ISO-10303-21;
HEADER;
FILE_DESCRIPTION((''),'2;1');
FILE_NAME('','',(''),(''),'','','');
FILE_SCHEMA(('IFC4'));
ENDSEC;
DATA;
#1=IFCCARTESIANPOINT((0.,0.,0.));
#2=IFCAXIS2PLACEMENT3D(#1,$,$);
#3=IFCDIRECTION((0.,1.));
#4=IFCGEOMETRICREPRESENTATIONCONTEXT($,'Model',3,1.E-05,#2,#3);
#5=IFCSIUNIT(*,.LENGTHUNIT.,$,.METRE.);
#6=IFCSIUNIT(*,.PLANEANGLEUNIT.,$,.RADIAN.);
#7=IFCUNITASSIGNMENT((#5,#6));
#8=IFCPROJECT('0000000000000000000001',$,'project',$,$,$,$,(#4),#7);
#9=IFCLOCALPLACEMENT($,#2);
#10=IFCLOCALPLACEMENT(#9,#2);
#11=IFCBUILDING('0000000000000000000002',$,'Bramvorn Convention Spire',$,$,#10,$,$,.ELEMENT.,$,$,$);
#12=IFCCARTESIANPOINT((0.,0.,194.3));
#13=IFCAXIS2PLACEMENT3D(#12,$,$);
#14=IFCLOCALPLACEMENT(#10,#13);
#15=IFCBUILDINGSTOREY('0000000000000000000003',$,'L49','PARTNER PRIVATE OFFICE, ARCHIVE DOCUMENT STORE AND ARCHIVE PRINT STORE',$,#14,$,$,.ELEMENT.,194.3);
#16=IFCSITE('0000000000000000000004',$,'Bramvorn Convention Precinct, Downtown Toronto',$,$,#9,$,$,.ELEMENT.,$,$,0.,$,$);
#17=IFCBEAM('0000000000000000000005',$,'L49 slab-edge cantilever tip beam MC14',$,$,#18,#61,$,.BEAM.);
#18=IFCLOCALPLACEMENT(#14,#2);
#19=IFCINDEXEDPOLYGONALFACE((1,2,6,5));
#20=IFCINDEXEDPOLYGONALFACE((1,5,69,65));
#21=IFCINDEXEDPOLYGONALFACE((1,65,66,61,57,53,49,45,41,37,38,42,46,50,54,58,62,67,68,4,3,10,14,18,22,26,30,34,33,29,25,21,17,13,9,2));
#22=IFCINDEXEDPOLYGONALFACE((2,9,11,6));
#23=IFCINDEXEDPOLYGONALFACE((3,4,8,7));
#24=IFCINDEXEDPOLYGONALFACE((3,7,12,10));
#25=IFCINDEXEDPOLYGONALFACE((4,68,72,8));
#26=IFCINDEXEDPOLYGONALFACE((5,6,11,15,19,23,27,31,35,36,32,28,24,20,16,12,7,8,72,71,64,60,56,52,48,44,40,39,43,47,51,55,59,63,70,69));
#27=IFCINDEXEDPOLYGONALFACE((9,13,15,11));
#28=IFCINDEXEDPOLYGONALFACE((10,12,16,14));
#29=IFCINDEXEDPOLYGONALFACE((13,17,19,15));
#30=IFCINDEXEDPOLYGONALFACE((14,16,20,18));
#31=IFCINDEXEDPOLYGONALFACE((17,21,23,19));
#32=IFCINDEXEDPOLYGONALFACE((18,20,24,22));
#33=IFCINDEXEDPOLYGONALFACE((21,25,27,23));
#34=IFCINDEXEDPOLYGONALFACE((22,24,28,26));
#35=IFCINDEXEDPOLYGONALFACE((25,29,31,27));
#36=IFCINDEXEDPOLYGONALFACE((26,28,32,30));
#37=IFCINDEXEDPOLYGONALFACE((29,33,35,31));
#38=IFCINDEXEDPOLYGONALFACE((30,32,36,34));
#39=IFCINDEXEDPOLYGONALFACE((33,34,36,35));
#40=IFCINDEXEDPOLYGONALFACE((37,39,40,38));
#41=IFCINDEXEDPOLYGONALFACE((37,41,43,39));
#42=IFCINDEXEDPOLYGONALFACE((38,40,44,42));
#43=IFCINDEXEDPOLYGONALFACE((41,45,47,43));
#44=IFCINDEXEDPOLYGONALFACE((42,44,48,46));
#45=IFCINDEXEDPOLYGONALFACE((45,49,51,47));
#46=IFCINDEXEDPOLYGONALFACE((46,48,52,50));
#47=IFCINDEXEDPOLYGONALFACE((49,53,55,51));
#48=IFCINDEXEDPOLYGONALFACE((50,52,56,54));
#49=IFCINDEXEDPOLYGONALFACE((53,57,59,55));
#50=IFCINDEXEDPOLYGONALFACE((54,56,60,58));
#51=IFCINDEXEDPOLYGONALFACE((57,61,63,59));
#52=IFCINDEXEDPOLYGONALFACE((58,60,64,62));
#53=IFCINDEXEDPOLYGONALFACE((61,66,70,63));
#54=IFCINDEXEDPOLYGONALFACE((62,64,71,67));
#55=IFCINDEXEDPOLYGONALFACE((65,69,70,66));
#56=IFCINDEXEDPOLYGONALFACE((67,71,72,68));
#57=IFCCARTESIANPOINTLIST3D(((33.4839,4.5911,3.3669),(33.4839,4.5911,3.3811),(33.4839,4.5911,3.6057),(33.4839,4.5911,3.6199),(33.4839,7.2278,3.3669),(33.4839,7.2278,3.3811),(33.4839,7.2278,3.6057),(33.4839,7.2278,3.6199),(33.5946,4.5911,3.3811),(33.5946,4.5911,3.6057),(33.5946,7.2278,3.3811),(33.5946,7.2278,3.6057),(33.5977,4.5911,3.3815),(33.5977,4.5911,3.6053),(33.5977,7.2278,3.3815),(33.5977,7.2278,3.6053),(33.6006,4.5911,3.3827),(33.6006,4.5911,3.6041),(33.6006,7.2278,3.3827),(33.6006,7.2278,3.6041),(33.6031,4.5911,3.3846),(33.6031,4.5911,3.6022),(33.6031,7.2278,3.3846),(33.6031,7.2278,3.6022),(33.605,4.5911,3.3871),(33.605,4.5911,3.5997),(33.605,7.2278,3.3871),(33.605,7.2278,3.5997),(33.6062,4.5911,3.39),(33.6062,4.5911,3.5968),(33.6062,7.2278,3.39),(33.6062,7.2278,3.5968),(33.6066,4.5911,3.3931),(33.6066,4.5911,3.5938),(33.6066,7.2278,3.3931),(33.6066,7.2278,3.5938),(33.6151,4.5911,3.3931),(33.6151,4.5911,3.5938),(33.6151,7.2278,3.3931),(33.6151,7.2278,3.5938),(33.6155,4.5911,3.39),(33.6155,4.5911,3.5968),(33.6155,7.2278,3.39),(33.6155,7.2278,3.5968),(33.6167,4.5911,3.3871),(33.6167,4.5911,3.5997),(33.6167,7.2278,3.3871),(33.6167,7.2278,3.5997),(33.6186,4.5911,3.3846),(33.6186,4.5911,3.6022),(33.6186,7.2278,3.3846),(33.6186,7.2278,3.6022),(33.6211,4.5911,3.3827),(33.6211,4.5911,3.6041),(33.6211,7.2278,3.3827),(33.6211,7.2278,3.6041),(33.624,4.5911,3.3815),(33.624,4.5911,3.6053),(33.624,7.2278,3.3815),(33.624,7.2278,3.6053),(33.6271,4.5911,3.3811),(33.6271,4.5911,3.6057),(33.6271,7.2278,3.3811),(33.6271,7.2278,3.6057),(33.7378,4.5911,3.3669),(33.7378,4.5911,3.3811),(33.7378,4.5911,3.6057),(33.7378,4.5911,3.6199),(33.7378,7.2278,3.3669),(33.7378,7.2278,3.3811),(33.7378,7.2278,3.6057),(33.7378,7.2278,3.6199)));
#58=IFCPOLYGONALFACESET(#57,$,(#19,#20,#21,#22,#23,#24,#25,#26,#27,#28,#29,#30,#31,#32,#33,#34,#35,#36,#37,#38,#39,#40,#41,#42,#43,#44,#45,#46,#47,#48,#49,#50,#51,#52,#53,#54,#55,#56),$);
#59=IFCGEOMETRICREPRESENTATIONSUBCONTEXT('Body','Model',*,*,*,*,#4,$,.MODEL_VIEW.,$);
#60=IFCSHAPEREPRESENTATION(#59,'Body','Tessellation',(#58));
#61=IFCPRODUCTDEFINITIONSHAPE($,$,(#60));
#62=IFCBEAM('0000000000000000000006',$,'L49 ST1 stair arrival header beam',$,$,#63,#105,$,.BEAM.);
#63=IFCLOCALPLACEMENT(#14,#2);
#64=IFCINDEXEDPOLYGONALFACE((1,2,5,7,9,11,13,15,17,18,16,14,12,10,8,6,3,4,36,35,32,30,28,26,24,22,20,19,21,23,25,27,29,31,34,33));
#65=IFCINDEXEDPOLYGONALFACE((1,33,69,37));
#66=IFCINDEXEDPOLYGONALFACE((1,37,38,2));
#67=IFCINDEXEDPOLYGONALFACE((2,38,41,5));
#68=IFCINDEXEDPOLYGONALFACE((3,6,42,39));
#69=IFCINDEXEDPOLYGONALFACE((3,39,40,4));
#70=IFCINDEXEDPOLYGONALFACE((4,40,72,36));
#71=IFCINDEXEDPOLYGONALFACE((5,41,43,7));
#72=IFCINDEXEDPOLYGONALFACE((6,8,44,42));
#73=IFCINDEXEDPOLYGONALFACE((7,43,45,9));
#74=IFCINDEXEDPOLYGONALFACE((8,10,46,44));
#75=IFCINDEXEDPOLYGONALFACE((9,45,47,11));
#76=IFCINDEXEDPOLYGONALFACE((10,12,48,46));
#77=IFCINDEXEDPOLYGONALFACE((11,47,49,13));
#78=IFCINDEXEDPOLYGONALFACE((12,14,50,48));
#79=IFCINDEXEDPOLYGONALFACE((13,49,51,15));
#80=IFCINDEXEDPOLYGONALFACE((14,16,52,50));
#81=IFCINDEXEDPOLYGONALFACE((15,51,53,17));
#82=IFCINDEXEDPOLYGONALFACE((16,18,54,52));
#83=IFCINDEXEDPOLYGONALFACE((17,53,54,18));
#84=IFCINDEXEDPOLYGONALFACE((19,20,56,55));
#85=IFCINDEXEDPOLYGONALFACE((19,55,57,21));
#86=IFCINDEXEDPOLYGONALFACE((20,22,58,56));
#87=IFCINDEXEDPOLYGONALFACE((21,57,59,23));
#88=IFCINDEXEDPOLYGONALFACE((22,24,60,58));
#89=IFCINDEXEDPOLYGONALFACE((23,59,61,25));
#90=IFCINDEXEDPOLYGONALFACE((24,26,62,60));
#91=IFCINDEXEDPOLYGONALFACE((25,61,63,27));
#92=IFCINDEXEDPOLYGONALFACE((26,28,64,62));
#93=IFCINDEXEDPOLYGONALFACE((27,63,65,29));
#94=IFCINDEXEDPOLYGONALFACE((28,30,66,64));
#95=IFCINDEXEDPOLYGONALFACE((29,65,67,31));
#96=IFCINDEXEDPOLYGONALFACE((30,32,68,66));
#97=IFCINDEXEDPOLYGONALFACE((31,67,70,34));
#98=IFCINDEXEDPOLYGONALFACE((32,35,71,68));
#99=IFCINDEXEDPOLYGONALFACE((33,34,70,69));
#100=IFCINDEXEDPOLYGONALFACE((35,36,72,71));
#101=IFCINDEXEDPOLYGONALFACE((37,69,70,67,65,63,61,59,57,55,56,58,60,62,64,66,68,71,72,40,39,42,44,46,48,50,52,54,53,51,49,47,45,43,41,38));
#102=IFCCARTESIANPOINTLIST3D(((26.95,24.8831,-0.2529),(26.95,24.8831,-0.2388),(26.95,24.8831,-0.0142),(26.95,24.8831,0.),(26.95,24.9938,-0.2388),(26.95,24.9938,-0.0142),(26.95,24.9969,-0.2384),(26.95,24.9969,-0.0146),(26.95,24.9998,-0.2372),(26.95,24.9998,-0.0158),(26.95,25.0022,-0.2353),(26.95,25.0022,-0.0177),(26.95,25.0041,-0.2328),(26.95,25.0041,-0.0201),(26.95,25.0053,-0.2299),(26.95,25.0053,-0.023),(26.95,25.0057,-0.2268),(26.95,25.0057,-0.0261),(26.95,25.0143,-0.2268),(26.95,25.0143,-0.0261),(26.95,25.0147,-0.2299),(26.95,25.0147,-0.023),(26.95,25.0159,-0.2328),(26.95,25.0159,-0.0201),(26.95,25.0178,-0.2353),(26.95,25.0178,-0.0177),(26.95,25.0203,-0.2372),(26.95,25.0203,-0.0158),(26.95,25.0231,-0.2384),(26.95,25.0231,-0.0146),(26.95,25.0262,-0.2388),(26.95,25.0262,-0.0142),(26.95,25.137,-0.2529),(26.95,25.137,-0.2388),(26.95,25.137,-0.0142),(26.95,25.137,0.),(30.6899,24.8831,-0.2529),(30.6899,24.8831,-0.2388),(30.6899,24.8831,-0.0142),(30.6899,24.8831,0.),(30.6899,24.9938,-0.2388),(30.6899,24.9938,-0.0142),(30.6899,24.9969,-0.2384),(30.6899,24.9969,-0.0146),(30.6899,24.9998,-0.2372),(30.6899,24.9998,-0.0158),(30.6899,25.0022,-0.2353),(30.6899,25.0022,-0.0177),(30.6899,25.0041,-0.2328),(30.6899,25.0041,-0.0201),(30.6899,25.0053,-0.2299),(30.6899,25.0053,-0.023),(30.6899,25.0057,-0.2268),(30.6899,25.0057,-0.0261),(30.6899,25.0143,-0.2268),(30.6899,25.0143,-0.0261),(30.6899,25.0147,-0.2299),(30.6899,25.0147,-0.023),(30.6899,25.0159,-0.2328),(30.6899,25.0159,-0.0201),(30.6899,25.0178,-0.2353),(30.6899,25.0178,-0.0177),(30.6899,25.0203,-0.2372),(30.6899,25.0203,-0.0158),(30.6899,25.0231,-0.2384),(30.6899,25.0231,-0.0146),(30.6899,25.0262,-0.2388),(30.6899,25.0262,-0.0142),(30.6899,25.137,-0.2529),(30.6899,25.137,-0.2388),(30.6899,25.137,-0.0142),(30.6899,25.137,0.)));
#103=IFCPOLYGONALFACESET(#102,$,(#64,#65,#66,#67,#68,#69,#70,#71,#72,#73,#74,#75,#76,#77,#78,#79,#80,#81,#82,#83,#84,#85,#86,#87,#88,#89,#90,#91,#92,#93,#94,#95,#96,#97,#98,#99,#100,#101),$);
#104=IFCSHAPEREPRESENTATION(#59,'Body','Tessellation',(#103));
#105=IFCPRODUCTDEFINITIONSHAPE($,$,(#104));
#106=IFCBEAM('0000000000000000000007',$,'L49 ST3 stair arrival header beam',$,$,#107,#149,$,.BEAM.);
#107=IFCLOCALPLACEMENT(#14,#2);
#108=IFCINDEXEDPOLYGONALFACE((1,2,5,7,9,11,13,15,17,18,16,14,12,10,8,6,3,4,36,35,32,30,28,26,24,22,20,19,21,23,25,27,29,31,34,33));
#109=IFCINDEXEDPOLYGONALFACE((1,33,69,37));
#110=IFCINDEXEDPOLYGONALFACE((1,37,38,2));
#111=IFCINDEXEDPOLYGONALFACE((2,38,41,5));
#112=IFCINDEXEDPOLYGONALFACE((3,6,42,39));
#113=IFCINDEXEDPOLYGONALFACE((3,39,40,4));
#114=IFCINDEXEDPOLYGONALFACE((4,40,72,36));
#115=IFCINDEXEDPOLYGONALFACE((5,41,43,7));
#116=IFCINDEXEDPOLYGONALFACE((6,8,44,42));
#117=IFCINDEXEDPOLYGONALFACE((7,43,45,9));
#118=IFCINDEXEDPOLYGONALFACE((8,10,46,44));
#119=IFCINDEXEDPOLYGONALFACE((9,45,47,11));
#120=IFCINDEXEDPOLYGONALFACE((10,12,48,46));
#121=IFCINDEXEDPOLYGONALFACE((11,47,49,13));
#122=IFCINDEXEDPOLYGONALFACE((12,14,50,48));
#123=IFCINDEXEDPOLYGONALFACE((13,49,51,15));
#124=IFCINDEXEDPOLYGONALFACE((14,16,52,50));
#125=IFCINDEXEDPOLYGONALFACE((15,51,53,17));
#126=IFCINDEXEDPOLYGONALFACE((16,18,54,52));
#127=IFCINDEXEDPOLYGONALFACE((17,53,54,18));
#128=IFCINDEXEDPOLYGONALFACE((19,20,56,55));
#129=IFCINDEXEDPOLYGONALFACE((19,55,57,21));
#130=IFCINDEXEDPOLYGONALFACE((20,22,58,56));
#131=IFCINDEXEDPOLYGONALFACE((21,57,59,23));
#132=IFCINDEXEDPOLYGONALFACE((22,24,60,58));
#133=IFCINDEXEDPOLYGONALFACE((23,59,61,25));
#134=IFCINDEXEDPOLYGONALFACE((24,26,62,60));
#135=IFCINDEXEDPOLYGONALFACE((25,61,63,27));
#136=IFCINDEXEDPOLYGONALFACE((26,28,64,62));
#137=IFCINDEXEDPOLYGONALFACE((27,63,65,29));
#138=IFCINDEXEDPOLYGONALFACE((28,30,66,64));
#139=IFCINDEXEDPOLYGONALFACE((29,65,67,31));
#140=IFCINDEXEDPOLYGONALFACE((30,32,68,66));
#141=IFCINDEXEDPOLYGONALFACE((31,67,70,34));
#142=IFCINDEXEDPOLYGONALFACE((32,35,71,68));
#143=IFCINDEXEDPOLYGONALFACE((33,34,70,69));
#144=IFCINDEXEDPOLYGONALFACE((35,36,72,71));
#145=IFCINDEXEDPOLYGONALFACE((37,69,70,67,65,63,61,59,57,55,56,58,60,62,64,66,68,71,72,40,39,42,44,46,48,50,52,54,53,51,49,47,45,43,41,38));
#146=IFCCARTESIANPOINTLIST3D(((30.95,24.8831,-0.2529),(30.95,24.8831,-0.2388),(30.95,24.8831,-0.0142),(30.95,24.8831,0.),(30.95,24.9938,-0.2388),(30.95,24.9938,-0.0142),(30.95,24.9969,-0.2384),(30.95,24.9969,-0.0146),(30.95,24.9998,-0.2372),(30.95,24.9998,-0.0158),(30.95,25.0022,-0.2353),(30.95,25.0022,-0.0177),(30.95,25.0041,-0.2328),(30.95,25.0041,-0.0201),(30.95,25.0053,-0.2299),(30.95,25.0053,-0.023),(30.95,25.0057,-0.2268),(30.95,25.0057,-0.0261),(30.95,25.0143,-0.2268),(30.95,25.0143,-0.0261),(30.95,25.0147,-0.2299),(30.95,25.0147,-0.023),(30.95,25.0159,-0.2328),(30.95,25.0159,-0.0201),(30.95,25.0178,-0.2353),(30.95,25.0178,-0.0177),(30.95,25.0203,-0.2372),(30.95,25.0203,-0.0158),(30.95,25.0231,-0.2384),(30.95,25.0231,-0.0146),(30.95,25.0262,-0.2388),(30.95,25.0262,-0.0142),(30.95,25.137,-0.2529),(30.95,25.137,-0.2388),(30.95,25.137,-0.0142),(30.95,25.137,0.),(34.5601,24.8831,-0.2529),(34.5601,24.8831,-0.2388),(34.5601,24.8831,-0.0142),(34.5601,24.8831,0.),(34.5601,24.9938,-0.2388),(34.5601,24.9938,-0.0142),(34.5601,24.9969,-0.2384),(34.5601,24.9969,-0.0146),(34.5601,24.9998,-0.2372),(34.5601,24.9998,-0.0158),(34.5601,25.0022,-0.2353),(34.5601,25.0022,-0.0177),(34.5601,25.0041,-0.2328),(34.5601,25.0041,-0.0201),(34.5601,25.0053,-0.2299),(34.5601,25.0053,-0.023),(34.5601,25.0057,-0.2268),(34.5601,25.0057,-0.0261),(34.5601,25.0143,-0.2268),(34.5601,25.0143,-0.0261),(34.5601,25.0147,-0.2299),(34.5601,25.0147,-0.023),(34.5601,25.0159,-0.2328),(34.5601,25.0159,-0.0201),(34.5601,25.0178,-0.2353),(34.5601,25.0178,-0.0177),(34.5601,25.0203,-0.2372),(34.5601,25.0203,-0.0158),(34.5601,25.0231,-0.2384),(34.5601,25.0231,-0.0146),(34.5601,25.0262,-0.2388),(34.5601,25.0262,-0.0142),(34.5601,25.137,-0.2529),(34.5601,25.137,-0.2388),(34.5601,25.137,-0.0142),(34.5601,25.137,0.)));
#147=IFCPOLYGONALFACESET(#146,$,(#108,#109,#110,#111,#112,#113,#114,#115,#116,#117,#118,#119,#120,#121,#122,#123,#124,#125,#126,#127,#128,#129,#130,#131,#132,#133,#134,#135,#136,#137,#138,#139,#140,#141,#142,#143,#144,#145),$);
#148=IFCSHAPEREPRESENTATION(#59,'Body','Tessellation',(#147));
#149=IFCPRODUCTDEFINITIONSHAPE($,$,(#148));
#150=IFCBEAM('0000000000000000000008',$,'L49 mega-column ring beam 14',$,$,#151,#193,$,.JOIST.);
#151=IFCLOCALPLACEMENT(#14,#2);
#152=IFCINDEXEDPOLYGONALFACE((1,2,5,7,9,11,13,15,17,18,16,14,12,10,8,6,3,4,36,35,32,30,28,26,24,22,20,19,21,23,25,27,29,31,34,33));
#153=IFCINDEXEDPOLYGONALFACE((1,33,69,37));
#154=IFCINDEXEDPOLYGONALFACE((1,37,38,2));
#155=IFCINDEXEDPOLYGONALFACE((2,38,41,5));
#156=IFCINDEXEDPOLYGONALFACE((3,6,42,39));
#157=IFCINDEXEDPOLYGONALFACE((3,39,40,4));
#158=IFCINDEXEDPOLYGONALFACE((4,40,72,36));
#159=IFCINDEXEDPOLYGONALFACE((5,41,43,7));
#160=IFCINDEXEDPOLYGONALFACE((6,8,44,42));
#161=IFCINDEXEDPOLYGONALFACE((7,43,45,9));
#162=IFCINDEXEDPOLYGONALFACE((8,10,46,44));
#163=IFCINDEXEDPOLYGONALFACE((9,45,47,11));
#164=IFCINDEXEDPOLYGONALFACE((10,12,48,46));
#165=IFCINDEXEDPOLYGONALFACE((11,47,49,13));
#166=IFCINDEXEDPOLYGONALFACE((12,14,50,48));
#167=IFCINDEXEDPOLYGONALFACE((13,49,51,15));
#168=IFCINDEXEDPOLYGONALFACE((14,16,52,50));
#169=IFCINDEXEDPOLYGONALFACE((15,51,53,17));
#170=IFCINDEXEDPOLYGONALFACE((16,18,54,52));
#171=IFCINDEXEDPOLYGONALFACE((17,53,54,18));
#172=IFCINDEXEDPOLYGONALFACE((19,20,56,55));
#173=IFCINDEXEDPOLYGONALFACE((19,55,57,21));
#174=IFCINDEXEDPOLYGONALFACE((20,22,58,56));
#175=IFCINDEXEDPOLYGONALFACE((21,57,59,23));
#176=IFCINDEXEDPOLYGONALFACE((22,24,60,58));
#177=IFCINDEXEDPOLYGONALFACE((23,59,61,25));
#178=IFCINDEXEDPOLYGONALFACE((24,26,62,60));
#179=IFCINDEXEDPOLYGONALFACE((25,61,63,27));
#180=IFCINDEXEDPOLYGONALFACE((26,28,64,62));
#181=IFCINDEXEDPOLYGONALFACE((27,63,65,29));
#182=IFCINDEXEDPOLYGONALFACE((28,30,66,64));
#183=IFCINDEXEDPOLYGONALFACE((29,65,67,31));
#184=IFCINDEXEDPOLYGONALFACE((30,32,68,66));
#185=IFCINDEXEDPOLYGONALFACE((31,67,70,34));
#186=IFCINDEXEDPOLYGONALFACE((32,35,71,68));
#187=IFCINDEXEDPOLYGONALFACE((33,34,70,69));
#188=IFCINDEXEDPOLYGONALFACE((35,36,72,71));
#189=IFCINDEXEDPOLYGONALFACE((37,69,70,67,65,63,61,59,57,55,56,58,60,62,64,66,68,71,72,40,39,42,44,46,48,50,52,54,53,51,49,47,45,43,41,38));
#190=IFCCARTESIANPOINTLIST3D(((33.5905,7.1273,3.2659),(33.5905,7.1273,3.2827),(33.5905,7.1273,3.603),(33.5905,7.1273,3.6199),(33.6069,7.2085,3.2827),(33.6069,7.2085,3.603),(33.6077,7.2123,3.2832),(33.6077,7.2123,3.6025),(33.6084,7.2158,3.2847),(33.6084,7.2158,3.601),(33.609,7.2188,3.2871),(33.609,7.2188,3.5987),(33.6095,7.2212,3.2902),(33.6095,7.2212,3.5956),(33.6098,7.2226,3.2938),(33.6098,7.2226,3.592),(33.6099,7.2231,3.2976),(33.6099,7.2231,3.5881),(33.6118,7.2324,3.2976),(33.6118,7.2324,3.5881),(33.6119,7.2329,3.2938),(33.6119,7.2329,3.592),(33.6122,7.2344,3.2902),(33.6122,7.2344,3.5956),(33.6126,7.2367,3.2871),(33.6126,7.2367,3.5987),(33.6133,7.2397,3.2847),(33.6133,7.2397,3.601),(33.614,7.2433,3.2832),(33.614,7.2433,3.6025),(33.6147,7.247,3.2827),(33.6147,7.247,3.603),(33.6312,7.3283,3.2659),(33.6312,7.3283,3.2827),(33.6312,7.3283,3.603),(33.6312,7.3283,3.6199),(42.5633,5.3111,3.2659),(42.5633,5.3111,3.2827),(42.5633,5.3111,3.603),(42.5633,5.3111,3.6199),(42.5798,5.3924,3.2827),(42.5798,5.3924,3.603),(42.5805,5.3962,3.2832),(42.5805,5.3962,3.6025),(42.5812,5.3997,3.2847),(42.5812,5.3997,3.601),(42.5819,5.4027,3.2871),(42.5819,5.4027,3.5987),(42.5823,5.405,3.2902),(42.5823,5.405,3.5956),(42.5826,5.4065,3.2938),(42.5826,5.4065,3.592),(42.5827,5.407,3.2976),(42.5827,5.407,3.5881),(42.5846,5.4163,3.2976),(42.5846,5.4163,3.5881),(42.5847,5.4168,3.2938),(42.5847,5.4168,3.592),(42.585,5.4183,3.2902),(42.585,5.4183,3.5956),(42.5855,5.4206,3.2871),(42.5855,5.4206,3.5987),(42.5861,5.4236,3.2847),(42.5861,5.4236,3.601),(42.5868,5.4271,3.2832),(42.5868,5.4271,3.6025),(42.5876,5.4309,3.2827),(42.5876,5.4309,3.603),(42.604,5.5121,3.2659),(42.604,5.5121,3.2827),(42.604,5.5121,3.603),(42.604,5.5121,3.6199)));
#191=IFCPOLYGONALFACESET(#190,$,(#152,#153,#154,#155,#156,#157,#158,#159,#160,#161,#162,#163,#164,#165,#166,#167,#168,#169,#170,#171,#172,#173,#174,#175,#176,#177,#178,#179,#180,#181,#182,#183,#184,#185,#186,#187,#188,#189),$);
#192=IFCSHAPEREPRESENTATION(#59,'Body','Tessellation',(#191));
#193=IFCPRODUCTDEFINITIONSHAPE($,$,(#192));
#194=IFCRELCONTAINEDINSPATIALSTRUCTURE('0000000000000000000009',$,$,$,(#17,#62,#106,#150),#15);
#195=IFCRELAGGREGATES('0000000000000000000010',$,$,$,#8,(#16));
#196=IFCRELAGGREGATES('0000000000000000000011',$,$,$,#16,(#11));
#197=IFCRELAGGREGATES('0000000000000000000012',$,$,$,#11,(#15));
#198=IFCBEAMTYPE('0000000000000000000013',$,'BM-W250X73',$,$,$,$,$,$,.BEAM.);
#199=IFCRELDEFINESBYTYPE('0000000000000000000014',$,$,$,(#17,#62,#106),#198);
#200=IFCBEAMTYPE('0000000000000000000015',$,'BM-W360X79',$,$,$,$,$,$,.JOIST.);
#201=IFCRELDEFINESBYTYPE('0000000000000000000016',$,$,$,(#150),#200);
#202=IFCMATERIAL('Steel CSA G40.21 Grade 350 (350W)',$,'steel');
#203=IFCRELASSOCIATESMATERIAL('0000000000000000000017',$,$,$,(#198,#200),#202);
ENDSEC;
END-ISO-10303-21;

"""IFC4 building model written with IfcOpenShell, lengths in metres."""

from ifc_helpers import new_model, si_unit, direction, frame, origin, origin_2d, place, context, subcontext, project, spatial, i_section, extrude, material, material_profile, profile_set, type_object, element, save


model = new_model("IFC4")

# Units and contexts
model_context = context("Model", 3, precision=1e-05, world=origin(), true_north=direction((0.0, 1.0)))
body_context = subcontext(model_context, "Body", "Model", "MODEL_VIEW")
ifc_project = project(units=[si_unit("LENGTHUNIT", "METRE"), si_unit("PLANEANGLEUNIT", "RADIAN")], contexts=[model_context])

# Site, building, storey
site_placement = place(None, origin())
site = spatial("IfcSite", under=ifc_project, at=site_placement, Name="Bramvorn Convention Precinct, Downtown Toronto", CompositionType="ELEMENT", RefElevation=0.0)
building_placement = place(site_placement, origin())
building = spatial("IfcBuilding", under=site, at=building_placement, Name="Bramvorn Convention Spire", CompositionType="ELEMENT")
storey_placement = place(building_placement, frame((0.0, 0.0, 194.3)))
storey = spatial("IfcBuildingStorey", under=building, at=storey_placement, Name="L49", Description="PARTNER PRIVATE OFFICE, ARCHIVE DOCUMENT STORE AND ARCHIVE PRINT STORE", CompositionType="ELEMENT", Elevation=194.3)

# Shared definitions
ifc_material_1 = material(Name="Steel CSA G40.21 Grade 350 (350W)", Category="steel")

# Beams
ifc_material_profile_1 = material_profile(ifc_material_1, i_section(OverallWidth=0.2539, OverallDepth=0.2529, WebThickness=0.0085, FlangeThickness=0.0142, FilletRadius=0.012, at=origin_2d()))
ifc_profile_set_1 = profile_set([ifc_material_profile_1], Name="Steel CSA G40.21 Grade 350 (350W) - W250X73")
beam_type_1 = type_object("IfcBeamType", Name="BM-W250X73", PredefinedType="BEAM", material=ifc_profile_set_1)
beam_1_placement = place(storey_placement, frame((33.6108, 7.2278, 3.4934), z_axis=(0.0, -1.0, 0.0), x_axis=(1.0, 0.0, 0.0)))
element("IfcBeam", 1, at=beam_1_placement, inside=storey, type_object=beam_type_1, Name="L49 slab-edge cantilever tip beam MC14", PredefinedType="BEAM", context=body_context, shape_type="SweptSolid", body=[
    extrude(i_section(OverallWidth=0.2539, OverallDepth=0.2529, WebThickness=0.0085, FlangeThickness=0.0142, FilletRadius=0.012, at=origin_2d()), origin(), (0.0, 0.0, 1.0), 2.6367),
])
beam_2_placement = place(storey_placement, frame((26.95, 25.01, -0.1265), z_axis=(1.0, 0.0, 0.0), x_axis=(0.0, 1.0, 0.0)))
element("IfcBeam", 2, at=beam_2_placement, inside=storey, type_object=beam_type_1, Name="L49 ST1 stair arrival header beam", PredefinedType="BEAM", context=body_context, shape_type="SweptSolid", body=[
    extrude(i_section(OverallWidth=0.2539, OverallDepth=0.2529, WebThickness=0.0085, FlangeThickness=0.0142, FilletRadius=0.012, at=origin_2d()), origin(), (0.0, 0.0, 1.0), 3.74),
])
beam_3_placement = place(storey_placement, frame((30.95, 25.01, -0.1265), z_axis=(1.0, 0.0, 0.0), x_axis=(0.0, 1.0, 0.0)))
element("IfcBeam", 3, at=beam_3_placement, inside=storey, type_object=beam_type_1, Name="L49 ST3 stair arrival header beam", PredefinedType="BEAM", context=body_context, shape_type="SweptSolid", body=[
    extrude(i_section(OverallWidth=0.2539, OverallDepth=0.2529, WebThickness=0.0085, FlangeThickness=0.0142, FilletRadius=0.012, at=origin_2d()), origin(), (0.0, 0.0, 1.0), 3.6101),
])
ifc_material_profile_2 = material_profile(ifc_material_1, i_section(OverallWidth=0.2051, OverallDepth=0.354, WebThickness=0.0095, FlangeThickness=0.0168, FilletRadius=0.0149, at=origin_2d()))
ifc_profile_set_2 = profile_set([ifc_material_profile_2], Name="Steel CSA G40.21 Grade 350 (350W) - W360X79")
beam_type_2 = type_object("IfcBeamType", Name="BM-W360X79", PredefinedType="JOIST", material=ifc_profile_set_2)
beam_4_placement = place(storey_placement, frame((33.6108, 7.2278, 3.4429), z_axis=(0.980125, -0.198382, 0.0), x_axis=(0.198382, 0.980125, 0.0)))
element("IfcBeam", 4, at=beam_4_placement, inside=storey, type_object=beam_type_2, Name="L49 mega-column ring beam 14", PredefinedType="JOIST", context=body_context, shape_type="SweptSolid", body=[
    extrude(i_section(OverallWidth=0.2051, OverallDepth=0.354, WebThickness=0.0095, FlangeThickness=0.0168, FilletRadius=0.0149, at=origin_2d()), origin(), (0.0, 0.0, 1.0), 9.1548),
])

save(model, "model.ifc")
